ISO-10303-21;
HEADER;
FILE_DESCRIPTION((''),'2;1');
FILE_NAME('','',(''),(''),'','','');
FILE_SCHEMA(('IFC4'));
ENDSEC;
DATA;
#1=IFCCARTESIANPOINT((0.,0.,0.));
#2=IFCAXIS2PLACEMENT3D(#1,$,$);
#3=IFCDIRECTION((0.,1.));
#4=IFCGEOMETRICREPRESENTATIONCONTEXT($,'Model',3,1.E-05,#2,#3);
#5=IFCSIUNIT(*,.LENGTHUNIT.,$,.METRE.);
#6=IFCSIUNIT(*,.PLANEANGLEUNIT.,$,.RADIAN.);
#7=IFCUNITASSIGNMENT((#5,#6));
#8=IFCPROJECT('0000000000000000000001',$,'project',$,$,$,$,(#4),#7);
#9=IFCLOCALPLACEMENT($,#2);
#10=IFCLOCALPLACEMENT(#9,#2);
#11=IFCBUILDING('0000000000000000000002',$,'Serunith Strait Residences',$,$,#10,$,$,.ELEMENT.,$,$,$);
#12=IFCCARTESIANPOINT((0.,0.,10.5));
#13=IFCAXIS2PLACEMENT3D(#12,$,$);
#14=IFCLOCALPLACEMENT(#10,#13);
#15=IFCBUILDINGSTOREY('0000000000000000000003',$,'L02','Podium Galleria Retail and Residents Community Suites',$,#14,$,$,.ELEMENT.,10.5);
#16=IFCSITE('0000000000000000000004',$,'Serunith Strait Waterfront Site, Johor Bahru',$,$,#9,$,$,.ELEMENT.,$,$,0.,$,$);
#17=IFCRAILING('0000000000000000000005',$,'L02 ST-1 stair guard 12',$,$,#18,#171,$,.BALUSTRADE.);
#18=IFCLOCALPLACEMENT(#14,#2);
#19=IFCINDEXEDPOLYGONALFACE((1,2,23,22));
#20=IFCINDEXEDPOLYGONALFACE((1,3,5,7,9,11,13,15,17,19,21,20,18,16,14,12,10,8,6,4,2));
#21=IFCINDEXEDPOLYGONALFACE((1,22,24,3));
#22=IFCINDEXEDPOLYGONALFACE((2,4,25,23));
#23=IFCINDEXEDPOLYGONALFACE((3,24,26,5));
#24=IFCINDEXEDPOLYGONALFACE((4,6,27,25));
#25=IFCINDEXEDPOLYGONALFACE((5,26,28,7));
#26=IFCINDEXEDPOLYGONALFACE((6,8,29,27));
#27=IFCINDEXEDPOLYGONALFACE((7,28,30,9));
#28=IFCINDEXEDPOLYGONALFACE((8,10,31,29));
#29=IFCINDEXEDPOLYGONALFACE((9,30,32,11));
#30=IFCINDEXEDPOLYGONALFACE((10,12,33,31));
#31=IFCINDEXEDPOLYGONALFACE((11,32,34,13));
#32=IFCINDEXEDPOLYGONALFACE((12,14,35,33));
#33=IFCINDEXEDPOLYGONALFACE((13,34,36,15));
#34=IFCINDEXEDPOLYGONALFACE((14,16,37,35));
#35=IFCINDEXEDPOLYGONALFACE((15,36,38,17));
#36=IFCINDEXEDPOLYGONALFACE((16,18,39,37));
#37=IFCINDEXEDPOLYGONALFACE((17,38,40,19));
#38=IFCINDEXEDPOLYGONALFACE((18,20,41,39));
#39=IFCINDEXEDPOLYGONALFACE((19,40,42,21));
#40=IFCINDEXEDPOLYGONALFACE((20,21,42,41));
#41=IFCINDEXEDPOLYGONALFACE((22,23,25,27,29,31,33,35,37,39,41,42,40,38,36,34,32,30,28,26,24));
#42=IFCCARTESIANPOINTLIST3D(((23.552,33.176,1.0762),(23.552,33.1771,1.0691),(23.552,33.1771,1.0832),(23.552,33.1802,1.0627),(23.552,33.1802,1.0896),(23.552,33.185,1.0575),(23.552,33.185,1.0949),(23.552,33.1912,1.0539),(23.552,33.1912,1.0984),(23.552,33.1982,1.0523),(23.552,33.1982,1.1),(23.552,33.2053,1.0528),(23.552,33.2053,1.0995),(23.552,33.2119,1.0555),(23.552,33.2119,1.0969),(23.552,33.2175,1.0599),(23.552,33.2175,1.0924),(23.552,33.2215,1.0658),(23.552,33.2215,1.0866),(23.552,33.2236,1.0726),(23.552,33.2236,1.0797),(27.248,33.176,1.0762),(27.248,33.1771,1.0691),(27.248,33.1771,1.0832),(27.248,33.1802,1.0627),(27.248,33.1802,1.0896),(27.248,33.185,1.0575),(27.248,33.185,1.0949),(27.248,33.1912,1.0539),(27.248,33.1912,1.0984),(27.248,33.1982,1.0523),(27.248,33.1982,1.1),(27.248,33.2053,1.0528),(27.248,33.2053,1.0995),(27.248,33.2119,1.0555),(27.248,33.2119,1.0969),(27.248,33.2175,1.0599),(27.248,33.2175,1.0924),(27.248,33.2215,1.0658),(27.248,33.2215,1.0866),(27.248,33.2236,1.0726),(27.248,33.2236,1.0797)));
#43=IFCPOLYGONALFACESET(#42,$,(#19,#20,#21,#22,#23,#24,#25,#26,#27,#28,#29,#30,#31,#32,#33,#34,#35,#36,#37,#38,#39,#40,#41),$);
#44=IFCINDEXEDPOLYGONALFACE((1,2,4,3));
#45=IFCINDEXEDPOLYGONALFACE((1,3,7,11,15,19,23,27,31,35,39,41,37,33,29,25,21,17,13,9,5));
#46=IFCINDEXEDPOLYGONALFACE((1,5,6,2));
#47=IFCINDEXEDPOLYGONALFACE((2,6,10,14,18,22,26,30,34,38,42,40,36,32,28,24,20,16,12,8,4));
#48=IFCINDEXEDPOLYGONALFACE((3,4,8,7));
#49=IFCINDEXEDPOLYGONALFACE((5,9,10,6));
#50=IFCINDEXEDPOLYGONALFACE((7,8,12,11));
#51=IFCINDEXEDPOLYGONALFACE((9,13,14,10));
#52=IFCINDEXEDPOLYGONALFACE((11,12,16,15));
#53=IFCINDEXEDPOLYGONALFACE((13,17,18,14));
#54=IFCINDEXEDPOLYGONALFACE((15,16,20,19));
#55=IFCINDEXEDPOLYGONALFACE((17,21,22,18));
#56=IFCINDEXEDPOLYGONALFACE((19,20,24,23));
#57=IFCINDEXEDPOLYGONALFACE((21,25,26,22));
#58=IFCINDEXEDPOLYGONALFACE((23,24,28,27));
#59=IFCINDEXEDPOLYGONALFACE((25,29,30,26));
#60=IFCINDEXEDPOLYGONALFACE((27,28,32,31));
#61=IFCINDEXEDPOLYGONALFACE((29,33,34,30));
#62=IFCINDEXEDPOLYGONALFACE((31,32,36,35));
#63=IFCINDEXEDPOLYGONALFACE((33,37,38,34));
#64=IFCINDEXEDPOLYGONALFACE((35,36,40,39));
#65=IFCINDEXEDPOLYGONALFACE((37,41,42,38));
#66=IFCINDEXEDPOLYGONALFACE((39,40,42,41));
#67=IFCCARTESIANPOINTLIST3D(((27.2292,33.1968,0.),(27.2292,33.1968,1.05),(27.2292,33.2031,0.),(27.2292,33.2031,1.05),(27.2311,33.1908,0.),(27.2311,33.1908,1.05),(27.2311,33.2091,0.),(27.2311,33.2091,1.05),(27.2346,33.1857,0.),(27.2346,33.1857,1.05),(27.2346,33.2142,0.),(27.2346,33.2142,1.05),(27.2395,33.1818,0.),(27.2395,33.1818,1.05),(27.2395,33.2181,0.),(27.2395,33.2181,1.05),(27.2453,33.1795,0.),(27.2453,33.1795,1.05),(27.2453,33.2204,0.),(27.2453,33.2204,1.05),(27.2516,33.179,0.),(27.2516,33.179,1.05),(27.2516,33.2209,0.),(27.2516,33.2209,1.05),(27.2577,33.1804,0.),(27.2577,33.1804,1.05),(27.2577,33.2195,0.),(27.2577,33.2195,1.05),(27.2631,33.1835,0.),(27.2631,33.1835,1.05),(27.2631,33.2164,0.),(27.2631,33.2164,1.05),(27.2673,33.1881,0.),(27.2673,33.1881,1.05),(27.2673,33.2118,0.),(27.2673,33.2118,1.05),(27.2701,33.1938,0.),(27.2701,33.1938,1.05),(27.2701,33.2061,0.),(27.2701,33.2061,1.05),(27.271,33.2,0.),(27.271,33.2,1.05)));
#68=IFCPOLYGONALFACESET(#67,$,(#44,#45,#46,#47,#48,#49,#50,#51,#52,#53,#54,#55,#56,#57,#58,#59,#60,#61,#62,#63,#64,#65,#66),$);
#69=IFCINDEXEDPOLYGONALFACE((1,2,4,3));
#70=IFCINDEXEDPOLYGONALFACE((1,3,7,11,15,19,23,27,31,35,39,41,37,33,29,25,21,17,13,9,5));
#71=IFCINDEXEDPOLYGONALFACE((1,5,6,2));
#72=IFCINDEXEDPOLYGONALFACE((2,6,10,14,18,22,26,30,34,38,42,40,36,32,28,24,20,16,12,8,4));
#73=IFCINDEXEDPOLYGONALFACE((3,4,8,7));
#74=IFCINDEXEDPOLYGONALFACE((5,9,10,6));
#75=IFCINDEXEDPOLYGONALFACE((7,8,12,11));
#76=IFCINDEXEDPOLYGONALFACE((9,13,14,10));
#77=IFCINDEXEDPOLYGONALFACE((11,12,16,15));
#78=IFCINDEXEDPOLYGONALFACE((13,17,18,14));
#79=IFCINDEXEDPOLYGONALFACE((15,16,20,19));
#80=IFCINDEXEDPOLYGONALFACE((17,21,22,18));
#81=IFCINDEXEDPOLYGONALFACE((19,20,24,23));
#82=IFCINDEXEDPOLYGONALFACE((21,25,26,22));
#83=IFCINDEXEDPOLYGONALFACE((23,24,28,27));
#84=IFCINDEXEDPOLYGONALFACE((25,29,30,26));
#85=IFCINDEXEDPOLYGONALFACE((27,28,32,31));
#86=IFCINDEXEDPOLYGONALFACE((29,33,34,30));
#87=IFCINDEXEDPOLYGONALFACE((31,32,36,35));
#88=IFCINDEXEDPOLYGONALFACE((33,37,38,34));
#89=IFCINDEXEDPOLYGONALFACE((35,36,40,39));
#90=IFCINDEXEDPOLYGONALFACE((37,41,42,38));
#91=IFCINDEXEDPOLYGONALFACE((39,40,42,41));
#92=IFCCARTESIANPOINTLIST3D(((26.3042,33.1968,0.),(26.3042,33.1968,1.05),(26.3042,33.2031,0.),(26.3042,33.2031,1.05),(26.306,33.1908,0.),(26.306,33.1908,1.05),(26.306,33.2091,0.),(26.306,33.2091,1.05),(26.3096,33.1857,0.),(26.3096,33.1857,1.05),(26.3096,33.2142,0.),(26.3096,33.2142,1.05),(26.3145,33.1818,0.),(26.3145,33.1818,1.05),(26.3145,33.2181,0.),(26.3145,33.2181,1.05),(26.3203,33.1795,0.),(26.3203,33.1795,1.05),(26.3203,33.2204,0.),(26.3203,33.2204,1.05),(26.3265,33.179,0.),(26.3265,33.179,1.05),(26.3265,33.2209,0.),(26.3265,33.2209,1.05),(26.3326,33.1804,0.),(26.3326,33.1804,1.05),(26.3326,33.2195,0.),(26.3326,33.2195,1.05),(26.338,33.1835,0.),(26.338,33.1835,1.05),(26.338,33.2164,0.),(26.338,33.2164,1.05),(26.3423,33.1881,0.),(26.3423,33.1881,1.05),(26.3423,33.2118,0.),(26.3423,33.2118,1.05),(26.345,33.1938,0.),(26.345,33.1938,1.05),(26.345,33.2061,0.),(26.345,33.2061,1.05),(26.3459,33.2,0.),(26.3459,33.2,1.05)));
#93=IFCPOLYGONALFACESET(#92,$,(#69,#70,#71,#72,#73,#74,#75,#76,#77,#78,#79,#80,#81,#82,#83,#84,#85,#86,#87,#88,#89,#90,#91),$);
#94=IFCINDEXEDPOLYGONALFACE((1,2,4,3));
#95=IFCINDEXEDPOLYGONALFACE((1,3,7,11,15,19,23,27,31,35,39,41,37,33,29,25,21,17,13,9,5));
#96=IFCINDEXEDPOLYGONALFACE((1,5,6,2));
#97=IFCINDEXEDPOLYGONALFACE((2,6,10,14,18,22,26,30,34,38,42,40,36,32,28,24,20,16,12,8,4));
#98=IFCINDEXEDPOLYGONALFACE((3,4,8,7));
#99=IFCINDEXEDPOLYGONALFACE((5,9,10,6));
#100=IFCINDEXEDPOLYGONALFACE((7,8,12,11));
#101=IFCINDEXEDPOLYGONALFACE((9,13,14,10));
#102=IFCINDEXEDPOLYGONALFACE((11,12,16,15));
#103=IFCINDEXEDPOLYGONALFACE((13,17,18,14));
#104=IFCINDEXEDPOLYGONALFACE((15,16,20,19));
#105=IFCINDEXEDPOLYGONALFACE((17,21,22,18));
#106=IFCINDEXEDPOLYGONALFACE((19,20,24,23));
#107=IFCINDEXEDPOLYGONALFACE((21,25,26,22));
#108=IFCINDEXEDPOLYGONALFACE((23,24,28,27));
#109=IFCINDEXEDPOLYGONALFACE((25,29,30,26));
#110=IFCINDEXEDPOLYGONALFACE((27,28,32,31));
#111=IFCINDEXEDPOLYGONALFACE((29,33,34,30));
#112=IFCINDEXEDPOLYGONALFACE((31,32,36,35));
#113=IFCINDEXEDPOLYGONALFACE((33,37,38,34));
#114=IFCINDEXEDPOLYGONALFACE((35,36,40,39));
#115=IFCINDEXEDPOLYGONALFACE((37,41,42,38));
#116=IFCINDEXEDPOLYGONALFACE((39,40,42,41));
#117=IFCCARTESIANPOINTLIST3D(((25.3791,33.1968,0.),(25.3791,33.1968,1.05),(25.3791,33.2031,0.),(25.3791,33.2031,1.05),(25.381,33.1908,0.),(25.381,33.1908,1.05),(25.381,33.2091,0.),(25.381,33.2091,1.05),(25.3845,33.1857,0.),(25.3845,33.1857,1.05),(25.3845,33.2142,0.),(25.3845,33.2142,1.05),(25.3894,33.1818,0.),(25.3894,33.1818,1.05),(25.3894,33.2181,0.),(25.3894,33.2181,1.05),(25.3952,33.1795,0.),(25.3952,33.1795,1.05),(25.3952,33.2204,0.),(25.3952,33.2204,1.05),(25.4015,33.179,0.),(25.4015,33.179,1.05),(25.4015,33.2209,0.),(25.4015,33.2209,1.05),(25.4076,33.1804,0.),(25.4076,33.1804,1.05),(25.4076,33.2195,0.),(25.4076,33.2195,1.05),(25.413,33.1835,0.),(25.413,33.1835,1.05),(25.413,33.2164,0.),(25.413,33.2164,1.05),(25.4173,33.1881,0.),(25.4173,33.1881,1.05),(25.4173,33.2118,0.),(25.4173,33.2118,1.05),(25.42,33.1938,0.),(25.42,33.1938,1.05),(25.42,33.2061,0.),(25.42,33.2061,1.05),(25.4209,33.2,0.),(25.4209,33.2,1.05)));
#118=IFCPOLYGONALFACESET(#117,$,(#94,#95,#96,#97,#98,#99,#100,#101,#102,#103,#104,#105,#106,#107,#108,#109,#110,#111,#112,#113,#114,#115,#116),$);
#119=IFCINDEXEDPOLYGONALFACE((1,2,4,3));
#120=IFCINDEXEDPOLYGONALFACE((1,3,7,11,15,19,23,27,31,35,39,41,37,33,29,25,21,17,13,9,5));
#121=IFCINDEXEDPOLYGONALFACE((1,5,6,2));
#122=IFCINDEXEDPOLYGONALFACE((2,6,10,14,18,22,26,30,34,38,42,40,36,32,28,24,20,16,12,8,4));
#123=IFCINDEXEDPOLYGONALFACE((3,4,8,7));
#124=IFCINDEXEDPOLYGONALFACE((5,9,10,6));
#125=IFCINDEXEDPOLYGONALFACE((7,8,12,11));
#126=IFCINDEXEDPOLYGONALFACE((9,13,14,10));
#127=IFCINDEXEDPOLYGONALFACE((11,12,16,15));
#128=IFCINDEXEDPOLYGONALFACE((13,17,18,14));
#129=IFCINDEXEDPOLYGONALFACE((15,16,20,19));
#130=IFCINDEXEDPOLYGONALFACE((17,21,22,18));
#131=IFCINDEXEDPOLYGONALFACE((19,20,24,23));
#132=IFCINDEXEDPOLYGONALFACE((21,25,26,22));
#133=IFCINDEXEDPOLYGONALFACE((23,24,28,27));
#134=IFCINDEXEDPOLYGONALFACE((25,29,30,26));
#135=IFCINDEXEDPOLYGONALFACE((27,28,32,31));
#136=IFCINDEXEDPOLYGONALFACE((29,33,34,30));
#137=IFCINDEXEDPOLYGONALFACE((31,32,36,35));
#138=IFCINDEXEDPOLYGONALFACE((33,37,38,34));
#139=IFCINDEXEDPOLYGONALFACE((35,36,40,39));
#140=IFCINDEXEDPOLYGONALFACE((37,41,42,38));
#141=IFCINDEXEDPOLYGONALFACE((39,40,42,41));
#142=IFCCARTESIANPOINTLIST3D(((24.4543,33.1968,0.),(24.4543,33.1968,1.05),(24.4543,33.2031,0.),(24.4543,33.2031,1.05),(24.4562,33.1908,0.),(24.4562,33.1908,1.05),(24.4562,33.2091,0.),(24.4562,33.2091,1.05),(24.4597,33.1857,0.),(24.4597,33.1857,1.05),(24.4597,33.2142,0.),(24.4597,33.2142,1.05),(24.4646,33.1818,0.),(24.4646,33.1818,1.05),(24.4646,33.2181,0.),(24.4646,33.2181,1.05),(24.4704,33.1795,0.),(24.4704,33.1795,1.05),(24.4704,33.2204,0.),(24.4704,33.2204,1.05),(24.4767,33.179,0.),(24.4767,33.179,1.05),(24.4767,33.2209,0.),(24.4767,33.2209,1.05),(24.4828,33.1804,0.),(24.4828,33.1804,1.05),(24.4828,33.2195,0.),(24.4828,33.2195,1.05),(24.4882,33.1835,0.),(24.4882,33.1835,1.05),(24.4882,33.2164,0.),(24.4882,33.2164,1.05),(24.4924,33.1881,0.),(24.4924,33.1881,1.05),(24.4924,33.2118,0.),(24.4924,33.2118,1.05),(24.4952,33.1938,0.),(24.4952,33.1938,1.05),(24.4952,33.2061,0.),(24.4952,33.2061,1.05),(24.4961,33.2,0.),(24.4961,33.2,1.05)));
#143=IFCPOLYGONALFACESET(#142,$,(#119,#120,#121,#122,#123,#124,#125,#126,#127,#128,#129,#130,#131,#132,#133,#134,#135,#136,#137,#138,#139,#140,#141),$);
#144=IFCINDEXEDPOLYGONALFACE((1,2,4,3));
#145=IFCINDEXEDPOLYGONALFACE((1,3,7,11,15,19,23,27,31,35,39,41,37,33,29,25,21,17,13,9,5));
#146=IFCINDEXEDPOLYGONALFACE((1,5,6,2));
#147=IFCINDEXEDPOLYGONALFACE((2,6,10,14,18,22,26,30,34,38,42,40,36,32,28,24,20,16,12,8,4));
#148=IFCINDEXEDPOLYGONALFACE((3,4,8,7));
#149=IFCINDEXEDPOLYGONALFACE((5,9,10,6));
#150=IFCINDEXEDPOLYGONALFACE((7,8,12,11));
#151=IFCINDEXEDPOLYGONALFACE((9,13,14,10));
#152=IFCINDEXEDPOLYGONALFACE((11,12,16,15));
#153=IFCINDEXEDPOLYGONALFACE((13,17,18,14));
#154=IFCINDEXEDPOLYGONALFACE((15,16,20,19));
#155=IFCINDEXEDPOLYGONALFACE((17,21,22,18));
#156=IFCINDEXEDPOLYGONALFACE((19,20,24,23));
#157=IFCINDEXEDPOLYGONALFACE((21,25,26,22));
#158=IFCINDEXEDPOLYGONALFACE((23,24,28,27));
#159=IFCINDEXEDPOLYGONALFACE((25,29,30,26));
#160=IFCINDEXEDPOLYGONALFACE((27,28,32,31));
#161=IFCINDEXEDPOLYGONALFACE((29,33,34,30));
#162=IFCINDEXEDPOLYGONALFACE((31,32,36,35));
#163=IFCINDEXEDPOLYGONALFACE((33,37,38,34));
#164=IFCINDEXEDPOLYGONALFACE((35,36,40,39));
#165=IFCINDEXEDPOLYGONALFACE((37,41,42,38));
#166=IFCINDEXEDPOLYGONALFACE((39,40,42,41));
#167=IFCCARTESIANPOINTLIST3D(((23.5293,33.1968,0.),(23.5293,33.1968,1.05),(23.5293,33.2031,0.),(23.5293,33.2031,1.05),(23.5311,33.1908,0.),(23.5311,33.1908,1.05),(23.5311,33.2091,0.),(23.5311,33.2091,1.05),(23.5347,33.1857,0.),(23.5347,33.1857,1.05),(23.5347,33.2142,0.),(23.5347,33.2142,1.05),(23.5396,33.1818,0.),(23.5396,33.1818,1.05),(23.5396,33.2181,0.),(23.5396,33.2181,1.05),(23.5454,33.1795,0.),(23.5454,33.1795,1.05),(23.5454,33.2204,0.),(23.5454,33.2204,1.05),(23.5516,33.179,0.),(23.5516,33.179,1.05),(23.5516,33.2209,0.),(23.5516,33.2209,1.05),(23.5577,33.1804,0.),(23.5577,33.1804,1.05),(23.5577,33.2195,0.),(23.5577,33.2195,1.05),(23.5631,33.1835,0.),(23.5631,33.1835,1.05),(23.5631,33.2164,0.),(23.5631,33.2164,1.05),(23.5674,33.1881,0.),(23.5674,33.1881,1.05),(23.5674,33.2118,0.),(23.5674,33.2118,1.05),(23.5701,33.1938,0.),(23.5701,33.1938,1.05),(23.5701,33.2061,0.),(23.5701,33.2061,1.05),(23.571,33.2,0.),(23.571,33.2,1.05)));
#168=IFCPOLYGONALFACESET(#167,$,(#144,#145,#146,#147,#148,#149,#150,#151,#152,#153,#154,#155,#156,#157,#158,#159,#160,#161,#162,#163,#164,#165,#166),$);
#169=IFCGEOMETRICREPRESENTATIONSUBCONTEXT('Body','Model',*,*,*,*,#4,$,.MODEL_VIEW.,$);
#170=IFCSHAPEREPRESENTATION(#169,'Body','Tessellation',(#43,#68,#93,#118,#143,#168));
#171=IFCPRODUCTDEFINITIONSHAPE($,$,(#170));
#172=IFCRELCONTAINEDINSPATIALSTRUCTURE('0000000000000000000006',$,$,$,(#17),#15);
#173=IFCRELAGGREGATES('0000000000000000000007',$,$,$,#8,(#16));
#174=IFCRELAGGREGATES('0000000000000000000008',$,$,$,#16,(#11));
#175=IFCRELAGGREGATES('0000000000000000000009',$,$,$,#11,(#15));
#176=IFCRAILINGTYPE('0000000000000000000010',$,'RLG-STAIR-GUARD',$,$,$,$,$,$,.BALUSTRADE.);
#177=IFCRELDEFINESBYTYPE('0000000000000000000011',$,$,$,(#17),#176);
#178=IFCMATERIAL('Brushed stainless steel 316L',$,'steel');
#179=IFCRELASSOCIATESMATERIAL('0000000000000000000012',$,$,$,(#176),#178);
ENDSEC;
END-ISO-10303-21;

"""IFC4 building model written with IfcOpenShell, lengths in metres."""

from ifc_helpers import new_model, si_unit, direction, frame, origin, origin_2d, place, context, subcontext, project, spatial, circle, extrude, material, type_object, element, save


model = new_model("IFC4")

# Units and contexts
model_context = context("Model", 3, precision=1e-05, world=origin(), true_north=direction((0.0, 1.0)))
body_context = subcontext(model_context, "Body", "Model", "MODEL_VIEW")
ifc_project = project(units=[si_unit("LENGTHUNIT", "METRE"), si_unit("PLANEANGLEUNIT", "RADIAN")], contexts=[model_context])

# Site, building, storey
site_placement = place(None, origin())
site = spatial("IfcSite", under=ifc_project, at=site_placement, Name="Serunith Strait Waterfront Site, Johor Bahru", CompositionType="ELEMENT", RefElevation=0.0)
building_placement = place(site_placement, origin())
building = spatial("IfcBuilding", under=site, at=building_placement, Name="Serunith Strait Residences", CompositionType="ELEMENT")
storey_placement = place(building_placement, frame((0.0, 0.0, 10.5)))
storey = spatial("IfcBuildingStorey", under=building, at=storey_placement, Name="L02", Description="Podium Galleria Retail and Residents Community Suites", CompositionType="ELEMENT", Elevation=10.5)

# Railing
ifc_material_1 = material(Name="Brushed stainless steel 316L", Category="steel")
railing_type_1 = type_object("IfcRailingType", Name="RLG-STAIR-GUARD", PredefinedType="BALUSTRADE", material=ifc_material_1)
railing_1_placement = place(storey_placement, frame((27.25, 33.2, 0.0)))
element("IfcRailing", 1, at=railing_1_placement, inside=storey, type_object=railing_type_1, Name="L02 ST-1 stair guard 12", PredefinedType="BALUSTRADE", context=body_context, shape_type="SweptSolid", body=[
    extrude(circle(Radius=0.0239, at=origin_2d()), frame((-0.002, 0.0, 1.0762), z_axis=(-1.0, 0.0, 0.0), x_axis=(0.0, -1.0, 0.0)), (0.0, 0.0, 1.0), 3.696),
    extrude(circle(Radius=0.021, at=origin_2d()), origin(), (0.0, 0.0, 1.0), 1.05),
    extrude(circle(Radius=0.021, at=origin_2d()), frame((-0.925, 0.0, 0.0)), (0.0, 0.0, 1.0), 1.05),
    extrude(circle(Radius=0.021, at=origin_2d()), frame((-1.8501, 0.0, 0.0)), (0.0, 0.0, 1.0), 1.05),
    extrude(circle(Radius=0.021, at=origin_2d()), frame((-2.7749, 0.0, 0.0)), (0.0, 0.0, 1.0), 1.05),
    extrude(circle(Radius=0.021, at=origin_2d()), frame((-3.7, 0.0, 0.0)), (0.0, 0.0, 1.0), 1.05),
])

save(model, "model.ifc")
